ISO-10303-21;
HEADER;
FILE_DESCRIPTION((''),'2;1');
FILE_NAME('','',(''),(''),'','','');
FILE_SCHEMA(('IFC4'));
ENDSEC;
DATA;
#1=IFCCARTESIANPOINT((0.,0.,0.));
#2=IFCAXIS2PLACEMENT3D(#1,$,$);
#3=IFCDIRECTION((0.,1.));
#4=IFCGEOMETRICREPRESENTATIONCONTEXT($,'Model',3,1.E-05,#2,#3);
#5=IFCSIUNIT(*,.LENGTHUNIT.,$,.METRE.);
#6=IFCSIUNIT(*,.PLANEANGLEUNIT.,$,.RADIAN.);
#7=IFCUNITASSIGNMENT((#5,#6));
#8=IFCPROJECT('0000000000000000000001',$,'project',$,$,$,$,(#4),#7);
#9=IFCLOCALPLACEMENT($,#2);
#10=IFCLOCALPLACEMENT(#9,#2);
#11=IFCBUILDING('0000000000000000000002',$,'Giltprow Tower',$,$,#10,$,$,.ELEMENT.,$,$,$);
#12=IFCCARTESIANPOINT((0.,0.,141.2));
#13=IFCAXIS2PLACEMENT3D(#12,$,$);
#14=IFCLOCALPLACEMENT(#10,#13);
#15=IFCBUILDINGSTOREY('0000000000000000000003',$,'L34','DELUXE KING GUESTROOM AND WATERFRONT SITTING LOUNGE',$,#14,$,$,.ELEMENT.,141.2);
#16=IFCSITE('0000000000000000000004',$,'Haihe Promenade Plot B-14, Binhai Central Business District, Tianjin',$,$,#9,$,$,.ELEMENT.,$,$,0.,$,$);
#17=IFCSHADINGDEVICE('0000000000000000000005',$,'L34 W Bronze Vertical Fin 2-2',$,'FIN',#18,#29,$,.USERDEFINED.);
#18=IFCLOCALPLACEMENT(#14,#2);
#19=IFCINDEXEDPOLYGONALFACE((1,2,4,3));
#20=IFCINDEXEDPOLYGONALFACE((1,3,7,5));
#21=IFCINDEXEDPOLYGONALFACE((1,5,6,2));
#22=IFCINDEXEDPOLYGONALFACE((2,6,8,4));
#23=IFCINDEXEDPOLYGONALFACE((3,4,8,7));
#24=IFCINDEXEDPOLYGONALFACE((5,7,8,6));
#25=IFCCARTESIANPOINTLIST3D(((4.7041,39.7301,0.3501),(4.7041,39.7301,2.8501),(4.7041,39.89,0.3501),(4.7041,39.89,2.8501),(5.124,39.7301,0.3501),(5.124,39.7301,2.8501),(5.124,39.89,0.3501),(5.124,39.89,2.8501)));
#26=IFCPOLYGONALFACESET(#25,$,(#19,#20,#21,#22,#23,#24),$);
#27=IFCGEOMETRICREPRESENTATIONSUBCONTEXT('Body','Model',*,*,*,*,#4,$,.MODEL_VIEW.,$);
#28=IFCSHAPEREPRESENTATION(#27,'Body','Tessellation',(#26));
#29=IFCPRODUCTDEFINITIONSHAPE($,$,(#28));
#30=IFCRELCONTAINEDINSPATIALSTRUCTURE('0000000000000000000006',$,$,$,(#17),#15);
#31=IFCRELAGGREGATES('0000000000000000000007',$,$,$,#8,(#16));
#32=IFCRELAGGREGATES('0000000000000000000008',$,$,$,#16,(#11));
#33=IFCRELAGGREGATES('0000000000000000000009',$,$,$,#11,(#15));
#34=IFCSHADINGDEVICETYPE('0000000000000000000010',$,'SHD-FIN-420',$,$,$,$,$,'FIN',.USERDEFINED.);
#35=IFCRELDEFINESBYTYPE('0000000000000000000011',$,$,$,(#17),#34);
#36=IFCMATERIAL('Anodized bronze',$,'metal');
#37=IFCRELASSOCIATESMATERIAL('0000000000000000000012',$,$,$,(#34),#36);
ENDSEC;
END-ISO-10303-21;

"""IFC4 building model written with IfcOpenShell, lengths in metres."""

from ifc_helpers import new_model, si_unit, direction, frame, origin, origin_2d, place, context, subcontext, project, spatial, rectangle, extrude, source, transform, mapped, material, type_object, element, save


model = new_model("IFC4")

# Units and contexts
model_context = context("Model", 3, precision=1e-05, world=origin(), true_north=direction((0.0, 1.0)))
body_context = subcontext(model_context, "Body", "Model", "MODEL_VIEW")
ifc_project = project(units=[si_unit("LENGTHUNIT", "METRE"), si_unit("PLANEANGLEUNIT", "RADIAN")], contexts=[model_context])

# Site, building, storey
site_placement = place(None, origin())
site = spatial("IfcSite", under=ifc_project, at=site_placement, Name="Haihe Promenade Plot B-14, Binhai Central Business District, Tianjin", CompositionType="ELEMENT", RefElevation=0.0)
building_placement = place(site_placement, origin())
building = spatial("IfcBuilding", under=site, at=building_placement, Name="Giltprow Tower", CompositionType="ELEMENT")
storey_placement = place(building_placement, frame((0.0, 0.0, 141.2)))
storey = spatial("IfcBuildingStorey", under=building, at=storey_placement, Name="L34", Description="DELUXE KING GUESTROOM AND WATERFRONT SITTING LOUNGE", CompositionType="ELEMENT", Elevation=141.2)

# Shared definitions
ifc_material_1 = material(Name="Anodized bronze", Category="metal")

# Shading device
shading_device_type = type_object("IfcShadingDeviceType", Name="SHD-FIN-420", ElementType="FIN", PredefinedType="USERDEFINED", material=ifc_material_1)
shared_shape_1 = source(origin(), body_context, "Body", "SweptSolid", [
    extrude(rectangle(XDim=0.4199, YDim=0.1599, at=origin_2d()), origin(), (0.0, 0.0, 1.0), 2.5),
])
shading_device_placement = place(storey_placement, frame((4.9141, 39.8101, 0.3501), z_axis=(0.0, 0.0, 1.0), x_axis=(1.0, 0.0, 0.0)))
element("IfcShadingDevice", 1, at=shading_device_placement, inside=storey, type_object=shading_device_type, Name="L34 W Bronze Vertical Fin 2-2", ObjectType="FIN", PredefinedType="USERDEFINED", context=body_context, shape_type="MappedRepresentation", body=[
    mapped(shared_shape_1, transform((0.0, 0.0, 0.0), x_axis=(1.0, 0.0, 0.0), y_axis=(0.0, 1.0, 0.0), z_axis=(0.0, 0.0, 1.0), scale=1.0)),
])

save(model, "model.ifc")
